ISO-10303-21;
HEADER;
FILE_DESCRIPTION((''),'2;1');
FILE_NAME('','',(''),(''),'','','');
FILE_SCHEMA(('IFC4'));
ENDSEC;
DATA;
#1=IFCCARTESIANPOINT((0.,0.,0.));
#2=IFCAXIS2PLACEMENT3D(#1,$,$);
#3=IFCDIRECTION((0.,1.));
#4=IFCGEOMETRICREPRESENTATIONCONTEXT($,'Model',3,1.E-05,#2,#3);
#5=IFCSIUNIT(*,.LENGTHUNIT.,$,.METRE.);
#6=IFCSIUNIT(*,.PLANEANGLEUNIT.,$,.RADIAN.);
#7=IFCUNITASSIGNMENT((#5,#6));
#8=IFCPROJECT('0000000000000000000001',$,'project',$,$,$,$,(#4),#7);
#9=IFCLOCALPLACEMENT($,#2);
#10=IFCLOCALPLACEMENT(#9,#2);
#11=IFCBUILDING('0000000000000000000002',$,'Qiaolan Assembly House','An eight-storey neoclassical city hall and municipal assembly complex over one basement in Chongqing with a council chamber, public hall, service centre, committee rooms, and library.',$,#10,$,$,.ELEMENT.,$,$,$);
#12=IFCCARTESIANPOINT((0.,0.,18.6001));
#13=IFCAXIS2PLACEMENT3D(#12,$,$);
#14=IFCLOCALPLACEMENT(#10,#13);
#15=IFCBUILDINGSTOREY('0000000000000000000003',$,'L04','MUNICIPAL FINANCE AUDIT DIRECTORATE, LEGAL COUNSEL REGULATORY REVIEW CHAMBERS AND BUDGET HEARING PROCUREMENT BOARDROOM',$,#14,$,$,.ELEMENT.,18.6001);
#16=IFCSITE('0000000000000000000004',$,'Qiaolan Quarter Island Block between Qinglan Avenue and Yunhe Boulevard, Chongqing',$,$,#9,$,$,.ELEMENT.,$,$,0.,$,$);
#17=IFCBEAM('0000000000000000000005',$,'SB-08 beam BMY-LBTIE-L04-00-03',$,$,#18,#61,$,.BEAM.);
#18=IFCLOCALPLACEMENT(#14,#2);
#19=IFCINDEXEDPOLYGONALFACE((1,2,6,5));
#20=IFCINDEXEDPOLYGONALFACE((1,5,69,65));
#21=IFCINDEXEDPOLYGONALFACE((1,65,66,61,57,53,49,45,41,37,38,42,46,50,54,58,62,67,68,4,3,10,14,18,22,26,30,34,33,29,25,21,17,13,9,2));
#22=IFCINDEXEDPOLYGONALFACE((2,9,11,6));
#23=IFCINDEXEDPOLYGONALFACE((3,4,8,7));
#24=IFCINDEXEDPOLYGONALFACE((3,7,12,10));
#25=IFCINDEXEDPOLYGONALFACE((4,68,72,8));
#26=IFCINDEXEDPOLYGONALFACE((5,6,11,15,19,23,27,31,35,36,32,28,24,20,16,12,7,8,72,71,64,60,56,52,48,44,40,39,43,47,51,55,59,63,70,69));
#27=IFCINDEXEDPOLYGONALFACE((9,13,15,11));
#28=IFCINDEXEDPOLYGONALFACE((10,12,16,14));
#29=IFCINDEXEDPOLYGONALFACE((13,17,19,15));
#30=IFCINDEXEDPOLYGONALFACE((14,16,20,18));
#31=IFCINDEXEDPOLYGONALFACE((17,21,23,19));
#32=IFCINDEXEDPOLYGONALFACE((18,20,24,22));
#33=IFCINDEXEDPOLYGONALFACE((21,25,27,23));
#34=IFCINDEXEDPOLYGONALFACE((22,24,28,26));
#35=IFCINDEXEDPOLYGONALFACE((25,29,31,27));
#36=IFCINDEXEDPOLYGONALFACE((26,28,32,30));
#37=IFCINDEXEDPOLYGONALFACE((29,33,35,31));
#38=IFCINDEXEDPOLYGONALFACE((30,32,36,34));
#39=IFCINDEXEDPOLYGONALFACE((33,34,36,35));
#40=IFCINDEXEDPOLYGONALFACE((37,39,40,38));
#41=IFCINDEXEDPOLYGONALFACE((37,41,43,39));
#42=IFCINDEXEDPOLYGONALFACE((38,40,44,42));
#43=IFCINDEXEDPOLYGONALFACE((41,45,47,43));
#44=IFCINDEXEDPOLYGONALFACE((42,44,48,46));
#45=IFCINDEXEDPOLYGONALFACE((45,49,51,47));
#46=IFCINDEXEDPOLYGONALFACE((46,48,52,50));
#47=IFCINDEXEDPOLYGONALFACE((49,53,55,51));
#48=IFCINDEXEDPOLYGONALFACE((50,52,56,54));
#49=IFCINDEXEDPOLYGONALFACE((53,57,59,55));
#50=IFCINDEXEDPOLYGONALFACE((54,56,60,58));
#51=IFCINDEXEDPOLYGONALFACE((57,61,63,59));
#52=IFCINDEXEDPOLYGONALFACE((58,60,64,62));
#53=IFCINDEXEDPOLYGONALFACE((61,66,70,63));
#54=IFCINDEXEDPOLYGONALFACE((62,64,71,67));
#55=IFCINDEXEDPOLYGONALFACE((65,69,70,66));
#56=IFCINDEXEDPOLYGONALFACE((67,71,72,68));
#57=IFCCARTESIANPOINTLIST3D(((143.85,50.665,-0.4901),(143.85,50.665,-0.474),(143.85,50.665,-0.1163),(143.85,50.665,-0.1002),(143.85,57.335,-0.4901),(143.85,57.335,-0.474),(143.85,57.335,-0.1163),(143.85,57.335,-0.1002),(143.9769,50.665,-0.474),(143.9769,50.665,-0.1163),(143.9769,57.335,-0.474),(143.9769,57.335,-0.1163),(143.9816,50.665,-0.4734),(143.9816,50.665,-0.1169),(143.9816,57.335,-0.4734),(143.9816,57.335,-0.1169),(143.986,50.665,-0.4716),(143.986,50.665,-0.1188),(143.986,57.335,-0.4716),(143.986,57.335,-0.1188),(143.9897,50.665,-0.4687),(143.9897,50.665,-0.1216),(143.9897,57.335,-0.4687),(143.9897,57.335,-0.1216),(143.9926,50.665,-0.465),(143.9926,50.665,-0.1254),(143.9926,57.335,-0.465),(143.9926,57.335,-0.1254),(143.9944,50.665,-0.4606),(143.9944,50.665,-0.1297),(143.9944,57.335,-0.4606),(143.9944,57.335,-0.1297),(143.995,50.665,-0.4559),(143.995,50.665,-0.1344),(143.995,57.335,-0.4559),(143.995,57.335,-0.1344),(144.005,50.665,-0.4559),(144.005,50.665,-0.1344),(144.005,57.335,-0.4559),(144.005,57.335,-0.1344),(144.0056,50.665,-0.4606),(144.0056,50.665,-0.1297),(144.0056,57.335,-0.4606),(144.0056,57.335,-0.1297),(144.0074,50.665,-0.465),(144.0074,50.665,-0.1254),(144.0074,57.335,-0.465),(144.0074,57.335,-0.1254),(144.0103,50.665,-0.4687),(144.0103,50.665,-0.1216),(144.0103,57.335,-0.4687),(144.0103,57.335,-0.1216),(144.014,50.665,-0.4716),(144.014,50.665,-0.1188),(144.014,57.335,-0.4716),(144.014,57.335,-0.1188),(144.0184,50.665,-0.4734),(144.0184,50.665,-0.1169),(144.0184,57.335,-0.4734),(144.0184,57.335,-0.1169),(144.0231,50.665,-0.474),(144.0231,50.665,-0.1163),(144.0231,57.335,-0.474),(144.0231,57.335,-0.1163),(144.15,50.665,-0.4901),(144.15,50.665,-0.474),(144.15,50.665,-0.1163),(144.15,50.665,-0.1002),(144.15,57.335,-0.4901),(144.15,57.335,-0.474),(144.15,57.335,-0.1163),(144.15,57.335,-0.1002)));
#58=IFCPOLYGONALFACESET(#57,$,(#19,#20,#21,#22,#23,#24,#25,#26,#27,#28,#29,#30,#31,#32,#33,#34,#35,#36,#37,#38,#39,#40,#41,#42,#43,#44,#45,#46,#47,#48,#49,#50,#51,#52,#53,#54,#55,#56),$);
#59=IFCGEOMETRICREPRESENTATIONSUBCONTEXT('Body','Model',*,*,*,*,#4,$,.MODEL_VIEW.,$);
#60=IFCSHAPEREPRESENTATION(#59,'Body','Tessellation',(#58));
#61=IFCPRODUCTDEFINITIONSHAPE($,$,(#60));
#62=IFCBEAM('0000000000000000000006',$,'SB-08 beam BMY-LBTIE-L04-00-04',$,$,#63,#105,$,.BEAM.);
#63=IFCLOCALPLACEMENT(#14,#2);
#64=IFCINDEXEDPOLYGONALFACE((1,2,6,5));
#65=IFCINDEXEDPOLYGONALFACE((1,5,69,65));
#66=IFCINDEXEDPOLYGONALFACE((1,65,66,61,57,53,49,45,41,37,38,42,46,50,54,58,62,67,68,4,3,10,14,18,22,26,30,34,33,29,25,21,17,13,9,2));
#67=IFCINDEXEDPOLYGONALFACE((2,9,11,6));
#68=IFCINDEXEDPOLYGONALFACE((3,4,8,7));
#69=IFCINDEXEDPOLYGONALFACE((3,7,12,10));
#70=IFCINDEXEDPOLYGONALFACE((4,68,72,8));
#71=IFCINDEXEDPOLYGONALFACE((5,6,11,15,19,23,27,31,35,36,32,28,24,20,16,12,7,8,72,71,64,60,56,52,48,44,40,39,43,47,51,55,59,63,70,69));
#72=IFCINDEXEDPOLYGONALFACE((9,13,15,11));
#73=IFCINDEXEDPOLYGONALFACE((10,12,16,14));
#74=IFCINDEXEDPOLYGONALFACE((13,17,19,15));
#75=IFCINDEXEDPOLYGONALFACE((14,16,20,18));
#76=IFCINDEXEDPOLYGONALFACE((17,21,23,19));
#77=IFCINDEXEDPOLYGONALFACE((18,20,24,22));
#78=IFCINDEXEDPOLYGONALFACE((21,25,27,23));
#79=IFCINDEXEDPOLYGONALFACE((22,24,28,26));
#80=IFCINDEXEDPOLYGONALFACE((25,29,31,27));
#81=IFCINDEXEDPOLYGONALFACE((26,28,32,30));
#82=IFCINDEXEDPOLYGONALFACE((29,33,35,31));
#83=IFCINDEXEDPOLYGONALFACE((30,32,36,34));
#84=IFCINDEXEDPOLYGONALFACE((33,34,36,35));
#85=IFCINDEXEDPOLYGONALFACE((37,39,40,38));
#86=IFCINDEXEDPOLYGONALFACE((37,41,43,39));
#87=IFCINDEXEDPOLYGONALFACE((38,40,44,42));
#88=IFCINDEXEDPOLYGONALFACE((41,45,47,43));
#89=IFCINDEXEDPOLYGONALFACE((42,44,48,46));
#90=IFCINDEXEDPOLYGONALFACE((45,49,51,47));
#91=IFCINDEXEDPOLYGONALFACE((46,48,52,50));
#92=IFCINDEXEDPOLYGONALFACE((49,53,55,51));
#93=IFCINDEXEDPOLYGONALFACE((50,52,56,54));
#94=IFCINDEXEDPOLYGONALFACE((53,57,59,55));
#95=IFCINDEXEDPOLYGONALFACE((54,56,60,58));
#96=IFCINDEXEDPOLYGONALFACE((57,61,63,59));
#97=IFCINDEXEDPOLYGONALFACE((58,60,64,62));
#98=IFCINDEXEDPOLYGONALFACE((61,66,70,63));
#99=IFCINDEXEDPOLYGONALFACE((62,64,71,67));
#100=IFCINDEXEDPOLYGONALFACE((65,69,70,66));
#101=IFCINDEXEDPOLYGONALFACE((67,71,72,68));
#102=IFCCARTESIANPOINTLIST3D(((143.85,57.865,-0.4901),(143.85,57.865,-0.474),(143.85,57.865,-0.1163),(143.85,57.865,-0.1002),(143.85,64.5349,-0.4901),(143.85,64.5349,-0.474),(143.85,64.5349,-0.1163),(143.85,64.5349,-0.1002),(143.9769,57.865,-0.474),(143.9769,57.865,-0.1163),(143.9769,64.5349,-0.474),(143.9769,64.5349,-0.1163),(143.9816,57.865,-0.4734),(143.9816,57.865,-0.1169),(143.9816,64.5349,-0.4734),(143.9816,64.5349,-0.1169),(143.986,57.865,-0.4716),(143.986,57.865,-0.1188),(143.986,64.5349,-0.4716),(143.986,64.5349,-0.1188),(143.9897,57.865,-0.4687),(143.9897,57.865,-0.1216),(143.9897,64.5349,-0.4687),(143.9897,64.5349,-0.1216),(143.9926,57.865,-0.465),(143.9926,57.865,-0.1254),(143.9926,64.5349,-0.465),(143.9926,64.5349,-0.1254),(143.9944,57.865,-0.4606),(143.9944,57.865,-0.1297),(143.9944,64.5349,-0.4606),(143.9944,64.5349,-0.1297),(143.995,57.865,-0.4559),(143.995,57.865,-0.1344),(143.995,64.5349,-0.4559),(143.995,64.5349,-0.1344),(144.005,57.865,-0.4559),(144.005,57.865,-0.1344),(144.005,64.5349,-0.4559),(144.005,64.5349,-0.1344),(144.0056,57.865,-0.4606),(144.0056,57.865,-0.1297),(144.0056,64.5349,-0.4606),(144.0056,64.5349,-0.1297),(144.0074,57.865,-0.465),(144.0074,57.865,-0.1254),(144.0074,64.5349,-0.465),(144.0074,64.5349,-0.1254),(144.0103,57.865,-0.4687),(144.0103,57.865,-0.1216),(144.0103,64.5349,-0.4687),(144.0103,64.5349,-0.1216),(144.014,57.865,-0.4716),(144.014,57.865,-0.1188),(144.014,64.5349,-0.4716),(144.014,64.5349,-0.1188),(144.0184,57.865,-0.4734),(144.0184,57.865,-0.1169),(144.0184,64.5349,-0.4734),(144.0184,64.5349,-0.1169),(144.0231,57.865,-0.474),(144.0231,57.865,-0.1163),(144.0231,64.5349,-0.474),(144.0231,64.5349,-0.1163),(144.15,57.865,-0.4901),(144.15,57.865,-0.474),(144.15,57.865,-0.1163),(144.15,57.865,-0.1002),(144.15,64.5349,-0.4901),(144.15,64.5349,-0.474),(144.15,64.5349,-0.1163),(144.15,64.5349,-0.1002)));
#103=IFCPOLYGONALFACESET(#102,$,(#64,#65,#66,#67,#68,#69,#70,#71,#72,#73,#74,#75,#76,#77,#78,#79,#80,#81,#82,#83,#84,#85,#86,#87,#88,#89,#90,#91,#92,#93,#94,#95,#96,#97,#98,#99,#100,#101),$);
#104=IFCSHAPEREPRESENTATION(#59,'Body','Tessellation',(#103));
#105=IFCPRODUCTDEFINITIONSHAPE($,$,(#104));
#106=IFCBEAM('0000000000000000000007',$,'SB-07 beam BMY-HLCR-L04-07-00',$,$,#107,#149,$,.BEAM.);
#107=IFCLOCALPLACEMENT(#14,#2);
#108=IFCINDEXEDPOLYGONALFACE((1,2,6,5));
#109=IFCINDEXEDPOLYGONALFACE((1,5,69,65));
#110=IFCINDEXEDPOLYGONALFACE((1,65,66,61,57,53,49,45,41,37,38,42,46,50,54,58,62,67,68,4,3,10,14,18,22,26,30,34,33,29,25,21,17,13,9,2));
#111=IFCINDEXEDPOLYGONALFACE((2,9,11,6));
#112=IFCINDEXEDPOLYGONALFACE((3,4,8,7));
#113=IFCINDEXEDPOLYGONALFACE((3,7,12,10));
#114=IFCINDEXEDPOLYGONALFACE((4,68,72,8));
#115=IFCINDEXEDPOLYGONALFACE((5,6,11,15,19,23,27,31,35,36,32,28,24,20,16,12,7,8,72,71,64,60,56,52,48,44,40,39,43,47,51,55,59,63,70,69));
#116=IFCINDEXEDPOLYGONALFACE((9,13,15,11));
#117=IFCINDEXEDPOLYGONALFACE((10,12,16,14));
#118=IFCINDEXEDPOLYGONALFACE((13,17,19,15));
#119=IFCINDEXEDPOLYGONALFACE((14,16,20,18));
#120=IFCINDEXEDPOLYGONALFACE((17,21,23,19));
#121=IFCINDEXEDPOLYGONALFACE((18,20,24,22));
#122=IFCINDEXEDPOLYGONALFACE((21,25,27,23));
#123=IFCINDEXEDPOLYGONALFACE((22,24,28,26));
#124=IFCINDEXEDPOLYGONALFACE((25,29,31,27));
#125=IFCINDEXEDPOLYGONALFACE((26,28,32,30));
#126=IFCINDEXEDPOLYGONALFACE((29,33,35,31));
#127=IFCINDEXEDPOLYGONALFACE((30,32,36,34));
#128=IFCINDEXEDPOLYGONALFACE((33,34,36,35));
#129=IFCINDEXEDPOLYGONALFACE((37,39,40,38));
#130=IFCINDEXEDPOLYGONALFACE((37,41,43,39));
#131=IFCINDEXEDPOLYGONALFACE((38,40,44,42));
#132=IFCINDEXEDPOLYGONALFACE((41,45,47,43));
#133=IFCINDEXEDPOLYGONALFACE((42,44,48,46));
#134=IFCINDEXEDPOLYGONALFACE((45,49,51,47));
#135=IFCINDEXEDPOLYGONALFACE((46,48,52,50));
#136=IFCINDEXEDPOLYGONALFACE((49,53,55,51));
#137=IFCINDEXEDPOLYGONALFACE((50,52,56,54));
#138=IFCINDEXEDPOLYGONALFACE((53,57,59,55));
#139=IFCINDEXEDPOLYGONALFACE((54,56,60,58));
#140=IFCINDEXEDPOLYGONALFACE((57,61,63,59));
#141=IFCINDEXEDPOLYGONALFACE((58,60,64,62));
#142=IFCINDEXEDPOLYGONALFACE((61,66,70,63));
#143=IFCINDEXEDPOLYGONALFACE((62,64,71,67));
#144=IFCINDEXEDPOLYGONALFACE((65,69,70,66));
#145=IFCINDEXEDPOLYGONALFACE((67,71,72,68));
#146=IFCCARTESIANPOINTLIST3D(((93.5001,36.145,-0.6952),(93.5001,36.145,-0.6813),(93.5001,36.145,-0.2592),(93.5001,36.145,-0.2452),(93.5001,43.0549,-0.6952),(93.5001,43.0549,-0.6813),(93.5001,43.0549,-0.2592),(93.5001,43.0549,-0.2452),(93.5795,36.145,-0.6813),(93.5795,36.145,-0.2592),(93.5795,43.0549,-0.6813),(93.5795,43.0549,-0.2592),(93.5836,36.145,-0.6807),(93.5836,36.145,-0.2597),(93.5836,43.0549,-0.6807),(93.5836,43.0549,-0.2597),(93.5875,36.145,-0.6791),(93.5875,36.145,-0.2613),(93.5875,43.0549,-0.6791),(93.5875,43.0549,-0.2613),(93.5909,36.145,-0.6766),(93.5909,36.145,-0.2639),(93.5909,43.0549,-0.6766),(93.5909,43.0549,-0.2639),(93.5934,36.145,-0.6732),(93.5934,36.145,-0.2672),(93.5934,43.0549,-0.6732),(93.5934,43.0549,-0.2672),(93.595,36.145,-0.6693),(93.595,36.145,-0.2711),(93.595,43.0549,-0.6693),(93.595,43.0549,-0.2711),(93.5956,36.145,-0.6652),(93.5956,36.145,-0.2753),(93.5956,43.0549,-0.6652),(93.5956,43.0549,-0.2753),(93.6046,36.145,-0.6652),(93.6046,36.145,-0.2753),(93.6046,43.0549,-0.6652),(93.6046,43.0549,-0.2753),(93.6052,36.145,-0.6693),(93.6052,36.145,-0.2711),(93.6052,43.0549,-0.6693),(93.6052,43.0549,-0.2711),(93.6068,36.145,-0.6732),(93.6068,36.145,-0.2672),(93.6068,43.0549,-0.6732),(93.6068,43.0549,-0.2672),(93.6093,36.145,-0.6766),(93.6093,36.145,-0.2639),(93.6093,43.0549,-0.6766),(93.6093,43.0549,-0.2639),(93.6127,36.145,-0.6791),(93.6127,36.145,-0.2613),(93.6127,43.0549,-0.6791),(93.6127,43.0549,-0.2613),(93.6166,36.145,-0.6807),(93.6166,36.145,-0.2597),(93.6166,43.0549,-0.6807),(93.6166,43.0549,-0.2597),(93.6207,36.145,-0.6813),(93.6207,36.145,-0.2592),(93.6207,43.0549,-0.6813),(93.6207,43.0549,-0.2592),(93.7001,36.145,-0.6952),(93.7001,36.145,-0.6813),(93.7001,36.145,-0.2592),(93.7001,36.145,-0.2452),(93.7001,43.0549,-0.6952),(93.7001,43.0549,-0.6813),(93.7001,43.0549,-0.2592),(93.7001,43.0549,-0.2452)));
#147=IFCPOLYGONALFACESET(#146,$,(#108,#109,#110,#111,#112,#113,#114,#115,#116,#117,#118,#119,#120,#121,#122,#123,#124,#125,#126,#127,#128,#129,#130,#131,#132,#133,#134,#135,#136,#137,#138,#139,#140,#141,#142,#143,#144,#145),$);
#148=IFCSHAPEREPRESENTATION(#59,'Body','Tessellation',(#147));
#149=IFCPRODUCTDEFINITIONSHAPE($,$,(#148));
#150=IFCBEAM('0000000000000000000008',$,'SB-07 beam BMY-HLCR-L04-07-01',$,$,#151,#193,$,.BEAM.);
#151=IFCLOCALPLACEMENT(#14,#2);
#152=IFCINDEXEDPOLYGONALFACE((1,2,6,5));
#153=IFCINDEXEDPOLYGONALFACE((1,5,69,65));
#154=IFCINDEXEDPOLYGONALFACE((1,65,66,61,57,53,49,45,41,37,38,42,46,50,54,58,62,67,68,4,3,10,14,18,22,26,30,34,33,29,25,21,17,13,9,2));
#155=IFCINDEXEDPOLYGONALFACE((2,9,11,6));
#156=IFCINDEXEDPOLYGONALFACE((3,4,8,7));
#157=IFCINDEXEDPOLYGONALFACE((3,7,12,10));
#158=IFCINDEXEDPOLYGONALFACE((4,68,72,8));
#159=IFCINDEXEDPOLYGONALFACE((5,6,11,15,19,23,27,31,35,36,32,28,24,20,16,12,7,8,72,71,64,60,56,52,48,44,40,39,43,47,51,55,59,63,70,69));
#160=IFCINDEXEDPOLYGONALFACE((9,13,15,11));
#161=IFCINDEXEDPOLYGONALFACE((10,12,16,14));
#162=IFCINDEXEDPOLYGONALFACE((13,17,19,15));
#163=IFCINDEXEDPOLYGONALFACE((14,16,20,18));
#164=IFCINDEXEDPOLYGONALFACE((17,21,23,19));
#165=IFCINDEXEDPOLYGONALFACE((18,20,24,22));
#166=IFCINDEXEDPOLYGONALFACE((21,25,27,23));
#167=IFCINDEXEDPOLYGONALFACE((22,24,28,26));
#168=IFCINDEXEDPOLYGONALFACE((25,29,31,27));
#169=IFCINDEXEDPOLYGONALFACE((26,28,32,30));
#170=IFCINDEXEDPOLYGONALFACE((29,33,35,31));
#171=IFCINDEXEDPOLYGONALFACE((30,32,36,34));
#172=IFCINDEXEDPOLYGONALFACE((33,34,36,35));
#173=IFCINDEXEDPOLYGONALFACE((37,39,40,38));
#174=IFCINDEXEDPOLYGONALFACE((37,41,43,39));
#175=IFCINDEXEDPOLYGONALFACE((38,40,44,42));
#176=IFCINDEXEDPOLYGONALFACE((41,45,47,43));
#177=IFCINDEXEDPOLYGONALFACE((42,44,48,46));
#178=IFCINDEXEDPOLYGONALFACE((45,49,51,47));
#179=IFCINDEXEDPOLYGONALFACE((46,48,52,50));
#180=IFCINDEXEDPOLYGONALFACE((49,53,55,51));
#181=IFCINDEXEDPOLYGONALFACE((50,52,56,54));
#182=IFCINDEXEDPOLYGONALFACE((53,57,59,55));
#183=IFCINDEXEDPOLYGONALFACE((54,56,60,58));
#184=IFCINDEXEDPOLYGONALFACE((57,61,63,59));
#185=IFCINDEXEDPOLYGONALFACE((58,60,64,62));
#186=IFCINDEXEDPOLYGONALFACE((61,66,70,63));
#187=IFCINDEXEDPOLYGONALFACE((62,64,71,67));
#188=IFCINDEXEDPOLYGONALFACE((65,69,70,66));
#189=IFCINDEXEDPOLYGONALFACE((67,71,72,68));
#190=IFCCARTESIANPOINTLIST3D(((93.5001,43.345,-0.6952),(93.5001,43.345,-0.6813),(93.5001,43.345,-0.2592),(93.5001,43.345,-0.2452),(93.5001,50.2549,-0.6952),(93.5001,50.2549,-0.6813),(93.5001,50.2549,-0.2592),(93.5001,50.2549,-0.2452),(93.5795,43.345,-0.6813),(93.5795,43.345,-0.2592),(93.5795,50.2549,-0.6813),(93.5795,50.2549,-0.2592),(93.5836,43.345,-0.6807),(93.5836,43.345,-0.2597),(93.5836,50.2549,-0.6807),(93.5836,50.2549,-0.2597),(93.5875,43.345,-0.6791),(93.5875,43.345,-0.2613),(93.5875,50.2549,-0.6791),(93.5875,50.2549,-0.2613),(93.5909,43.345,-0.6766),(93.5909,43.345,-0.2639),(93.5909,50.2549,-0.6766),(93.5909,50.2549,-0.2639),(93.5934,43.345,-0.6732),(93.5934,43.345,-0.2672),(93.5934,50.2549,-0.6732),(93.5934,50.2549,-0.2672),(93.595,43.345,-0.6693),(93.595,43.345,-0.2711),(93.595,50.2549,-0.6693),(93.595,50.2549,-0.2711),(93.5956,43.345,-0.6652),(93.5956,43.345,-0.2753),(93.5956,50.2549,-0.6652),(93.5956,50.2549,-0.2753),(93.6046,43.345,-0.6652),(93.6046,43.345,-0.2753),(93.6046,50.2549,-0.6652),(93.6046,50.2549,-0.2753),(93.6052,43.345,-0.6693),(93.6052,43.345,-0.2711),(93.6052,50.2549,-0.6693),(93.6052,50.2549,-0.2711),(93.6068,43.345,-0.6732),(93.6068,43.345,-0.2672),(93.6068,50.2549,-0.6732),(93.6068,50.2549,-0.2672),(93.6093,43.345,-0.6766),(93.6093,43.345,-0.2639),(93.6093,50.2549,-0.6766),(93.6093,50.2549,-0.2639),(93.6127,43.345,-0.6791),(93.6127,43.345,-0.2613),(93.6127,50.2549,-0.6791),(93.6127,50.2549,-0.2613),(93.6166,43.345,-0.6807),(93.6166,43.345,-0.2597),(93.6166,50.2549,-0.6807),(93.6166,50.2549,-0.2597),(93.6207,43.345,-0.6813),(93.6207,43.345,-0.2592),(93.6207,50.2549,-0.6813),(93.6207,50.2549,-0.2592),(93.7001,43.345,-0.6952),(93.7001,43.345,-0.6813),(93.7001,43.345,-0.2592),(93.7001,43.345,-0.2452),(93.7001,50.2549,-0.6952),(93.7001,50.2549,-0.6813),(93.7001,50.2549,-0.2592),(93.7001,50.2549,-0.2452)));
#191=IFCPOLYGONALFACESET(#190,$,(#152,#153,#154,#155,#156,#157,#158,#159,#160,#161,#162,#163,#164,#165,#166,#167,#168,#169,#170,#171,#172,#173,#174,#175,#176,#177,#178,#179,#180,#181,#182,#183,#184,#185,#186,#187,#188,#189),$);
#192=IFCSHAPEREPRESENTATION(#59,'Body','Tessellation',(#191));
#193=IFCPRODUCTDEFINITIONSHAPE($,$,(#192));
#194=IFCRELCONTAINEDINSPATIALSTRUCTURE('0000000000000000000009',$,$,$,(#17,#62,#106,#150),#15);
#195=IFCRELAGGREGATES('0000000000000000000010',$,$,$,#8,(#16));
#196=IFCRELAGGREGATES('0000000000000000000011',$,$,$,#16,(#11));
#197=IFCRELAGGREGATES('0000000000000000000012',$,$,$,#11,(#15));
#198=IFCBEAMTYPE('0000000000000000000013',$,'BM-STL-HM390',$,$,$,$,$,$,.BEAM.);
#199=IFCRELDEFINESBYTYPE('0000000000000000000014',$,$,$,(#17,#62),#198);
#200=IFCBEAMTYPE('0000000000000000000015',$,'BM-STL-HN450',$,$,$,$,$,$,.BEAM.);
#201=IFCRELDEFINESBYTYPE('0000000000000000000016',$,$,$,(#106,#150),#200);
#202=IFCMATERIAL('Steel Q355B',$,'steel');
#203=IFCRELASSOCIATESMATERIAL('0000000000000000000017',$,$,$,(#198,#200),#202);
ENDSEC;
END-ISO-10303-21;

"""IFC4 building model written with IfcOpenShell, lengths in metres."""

from ifc_helpers import new_model, si_unit, direction, frame, origin, origin_2d, place, context, subcontext, project, spatial, i_section, extrude, material, material_profile, profile_set, type_object, element, save


model = new_model("IFC4")

# Units and contexts
model_context = context("Model", 3, precision=1e-05, world=origin(), true_north=direction((0.0, 1.0)))
body_context = subcontext(model_context, "Body", "Model", "MODEL_VIEW")
ifc_project = project(units=[si_unit("LENGTHUNIT", "METRE"), si_unit("PLANEANGLEUNIT", "RADIAN")], contexts=[model_context])

# Site, building, storey
site_placement = place(None, origin())
site = spatial("IfcSite", under=ifc_project, at=site_placement, Name="Qiaolan Quarter Island Block between Qinglan Avenue and Yunhe Boulevard, Chongqing", CompositionType="ELEMENT", RefElevation=0.0)
building_placement = place(site_placement, origin())
building = spatial("IfcBuilding", under=site, at=building_placement, Name="Qiaolan Assembly House", Description="An eight-storey neoclassical city hall and municipal assembly complex over one basement in Chongqing with a council chamber, public hall, service centre, committee rooms, and library.", CompositionType="ELEMENT")
storey_placement = place(building_placement, frame((0.0, 0.0, 18.6001)))
storey = spatial("IfcBuildingStorey", under=building, at=storey_placement, Name="L04", Description="MUNICIPAL FINANCE AUDIT DIRECTORATE, LEGAL COUNSEL REGULATORY REVIEW CHAMBERS AND BUDGET HEARING PROCUREMENT BOARDROOM", CompositionType="ELEMENT", Elevation=18.6001)

# Beams
ifc_material_1 = material(Name="Steel Q355B", Category="steel")
ifc_material_profile_1 = material_profile(ifc_material_1, i_section(OverallWidth=0.3, OverallDepth=0.3899, WebThickness=0.01, FlangeThickness=0.0161, FilletRadius=0.0181, at=origin_2d()), Name="HM 390x300x10x16")
ifc_profile_set_1 = profile_set([ifc_material_profile_1], Name="Steel Q355B")
beam_type_1 = type_object("IfcBeamType", Name="BM-STL-HM390", PredefinedType="BEAM", material=ifc_profile_set_1)
for number, where, z_axis, x_axis, name in (
    (1, (144.0, 50.665, -0.2952), (0.0, 1.0, 0.0), (-1.0, 0.0, 0.0), "SB-08 beam BMY-LBTIE-L04-00-03"),
    (2, (144.0, 57.865, -0.2952), (0.0, 1.0, 0.0), (-1.0, 0.0, 0.0), "SB-08 beam BMY-LBTIE-L04-00-04"),
):
    element("IfcBeam", number, at=place(storey_placement, frame(where, z_axis=z_axis, x_axis=x_axis)), inside=storey, type_object=beam_type_1, Name=name, PredefinedType="BEAM", context=body_context, shape_type="SweptSolid", body=[
        extrude(i_section(OverallWidth=0.3, OverallDepth=0.3899, WebThickness=0.01, FlangeThickness=0.0161, FilletRadius=0.0181, at=origin_2d()), origin(), (0.0, 0.0, 1.0), 6.6699),
    ])
ifc_material_profile_2 = material_profile(ifc_material_1, i_section(OverallWidth=0.2, OverallDepth=0.45, WebThickness=0.009, FlangeThickness=0.0139, FilletRadius=0.0161, at=origin_2d()), Name="HN 450x200x9x14")
ifc_profile_set_2 = profile_set([ifc_material_profile_2], Name="Steel Q355B")
beam_type_2 = type_object("IfcBeamType", Name="BM-STL-HN450", PredefinedType="BEAM", material=ifc_profile_set_2)
for number, where, z_axis, x_axis, name in (
    (3, (93.6001, 36.145, -0.4702), (0.0, 1.0, 0.0), (-1.0, 0.0, 0.0), "SB-07 beam BMY-HLCR-L04-07-00"),
    (4, (93.6001, 43.345, -0.4702), (0.0, 1.0, 0.0), (-1.0, 0.0, 0.0), "SB-07 beam BMY-HLCR-L04-07-01"),
):
    element("IfcBeam", number, at=place(storey_placement, frame(where, z_axis=z_axis, x_axis=x_axis)), inside=storey, type_object=beam_type_2, Name=name, PredefinedType="BEAM", context=body_context, shape_type="SweptSolid", body=[
        extrude(i_section(OverallWidth=0.2, OverallDepth=0.45, WebThickness=0.009, FlangeThickness=0.0139, FilletRadius=0.0161, at=origin_2d()), origin(), (0.0, 0.0, 1.0), 6.9099),
    ])

save(model, "model.ifc")
